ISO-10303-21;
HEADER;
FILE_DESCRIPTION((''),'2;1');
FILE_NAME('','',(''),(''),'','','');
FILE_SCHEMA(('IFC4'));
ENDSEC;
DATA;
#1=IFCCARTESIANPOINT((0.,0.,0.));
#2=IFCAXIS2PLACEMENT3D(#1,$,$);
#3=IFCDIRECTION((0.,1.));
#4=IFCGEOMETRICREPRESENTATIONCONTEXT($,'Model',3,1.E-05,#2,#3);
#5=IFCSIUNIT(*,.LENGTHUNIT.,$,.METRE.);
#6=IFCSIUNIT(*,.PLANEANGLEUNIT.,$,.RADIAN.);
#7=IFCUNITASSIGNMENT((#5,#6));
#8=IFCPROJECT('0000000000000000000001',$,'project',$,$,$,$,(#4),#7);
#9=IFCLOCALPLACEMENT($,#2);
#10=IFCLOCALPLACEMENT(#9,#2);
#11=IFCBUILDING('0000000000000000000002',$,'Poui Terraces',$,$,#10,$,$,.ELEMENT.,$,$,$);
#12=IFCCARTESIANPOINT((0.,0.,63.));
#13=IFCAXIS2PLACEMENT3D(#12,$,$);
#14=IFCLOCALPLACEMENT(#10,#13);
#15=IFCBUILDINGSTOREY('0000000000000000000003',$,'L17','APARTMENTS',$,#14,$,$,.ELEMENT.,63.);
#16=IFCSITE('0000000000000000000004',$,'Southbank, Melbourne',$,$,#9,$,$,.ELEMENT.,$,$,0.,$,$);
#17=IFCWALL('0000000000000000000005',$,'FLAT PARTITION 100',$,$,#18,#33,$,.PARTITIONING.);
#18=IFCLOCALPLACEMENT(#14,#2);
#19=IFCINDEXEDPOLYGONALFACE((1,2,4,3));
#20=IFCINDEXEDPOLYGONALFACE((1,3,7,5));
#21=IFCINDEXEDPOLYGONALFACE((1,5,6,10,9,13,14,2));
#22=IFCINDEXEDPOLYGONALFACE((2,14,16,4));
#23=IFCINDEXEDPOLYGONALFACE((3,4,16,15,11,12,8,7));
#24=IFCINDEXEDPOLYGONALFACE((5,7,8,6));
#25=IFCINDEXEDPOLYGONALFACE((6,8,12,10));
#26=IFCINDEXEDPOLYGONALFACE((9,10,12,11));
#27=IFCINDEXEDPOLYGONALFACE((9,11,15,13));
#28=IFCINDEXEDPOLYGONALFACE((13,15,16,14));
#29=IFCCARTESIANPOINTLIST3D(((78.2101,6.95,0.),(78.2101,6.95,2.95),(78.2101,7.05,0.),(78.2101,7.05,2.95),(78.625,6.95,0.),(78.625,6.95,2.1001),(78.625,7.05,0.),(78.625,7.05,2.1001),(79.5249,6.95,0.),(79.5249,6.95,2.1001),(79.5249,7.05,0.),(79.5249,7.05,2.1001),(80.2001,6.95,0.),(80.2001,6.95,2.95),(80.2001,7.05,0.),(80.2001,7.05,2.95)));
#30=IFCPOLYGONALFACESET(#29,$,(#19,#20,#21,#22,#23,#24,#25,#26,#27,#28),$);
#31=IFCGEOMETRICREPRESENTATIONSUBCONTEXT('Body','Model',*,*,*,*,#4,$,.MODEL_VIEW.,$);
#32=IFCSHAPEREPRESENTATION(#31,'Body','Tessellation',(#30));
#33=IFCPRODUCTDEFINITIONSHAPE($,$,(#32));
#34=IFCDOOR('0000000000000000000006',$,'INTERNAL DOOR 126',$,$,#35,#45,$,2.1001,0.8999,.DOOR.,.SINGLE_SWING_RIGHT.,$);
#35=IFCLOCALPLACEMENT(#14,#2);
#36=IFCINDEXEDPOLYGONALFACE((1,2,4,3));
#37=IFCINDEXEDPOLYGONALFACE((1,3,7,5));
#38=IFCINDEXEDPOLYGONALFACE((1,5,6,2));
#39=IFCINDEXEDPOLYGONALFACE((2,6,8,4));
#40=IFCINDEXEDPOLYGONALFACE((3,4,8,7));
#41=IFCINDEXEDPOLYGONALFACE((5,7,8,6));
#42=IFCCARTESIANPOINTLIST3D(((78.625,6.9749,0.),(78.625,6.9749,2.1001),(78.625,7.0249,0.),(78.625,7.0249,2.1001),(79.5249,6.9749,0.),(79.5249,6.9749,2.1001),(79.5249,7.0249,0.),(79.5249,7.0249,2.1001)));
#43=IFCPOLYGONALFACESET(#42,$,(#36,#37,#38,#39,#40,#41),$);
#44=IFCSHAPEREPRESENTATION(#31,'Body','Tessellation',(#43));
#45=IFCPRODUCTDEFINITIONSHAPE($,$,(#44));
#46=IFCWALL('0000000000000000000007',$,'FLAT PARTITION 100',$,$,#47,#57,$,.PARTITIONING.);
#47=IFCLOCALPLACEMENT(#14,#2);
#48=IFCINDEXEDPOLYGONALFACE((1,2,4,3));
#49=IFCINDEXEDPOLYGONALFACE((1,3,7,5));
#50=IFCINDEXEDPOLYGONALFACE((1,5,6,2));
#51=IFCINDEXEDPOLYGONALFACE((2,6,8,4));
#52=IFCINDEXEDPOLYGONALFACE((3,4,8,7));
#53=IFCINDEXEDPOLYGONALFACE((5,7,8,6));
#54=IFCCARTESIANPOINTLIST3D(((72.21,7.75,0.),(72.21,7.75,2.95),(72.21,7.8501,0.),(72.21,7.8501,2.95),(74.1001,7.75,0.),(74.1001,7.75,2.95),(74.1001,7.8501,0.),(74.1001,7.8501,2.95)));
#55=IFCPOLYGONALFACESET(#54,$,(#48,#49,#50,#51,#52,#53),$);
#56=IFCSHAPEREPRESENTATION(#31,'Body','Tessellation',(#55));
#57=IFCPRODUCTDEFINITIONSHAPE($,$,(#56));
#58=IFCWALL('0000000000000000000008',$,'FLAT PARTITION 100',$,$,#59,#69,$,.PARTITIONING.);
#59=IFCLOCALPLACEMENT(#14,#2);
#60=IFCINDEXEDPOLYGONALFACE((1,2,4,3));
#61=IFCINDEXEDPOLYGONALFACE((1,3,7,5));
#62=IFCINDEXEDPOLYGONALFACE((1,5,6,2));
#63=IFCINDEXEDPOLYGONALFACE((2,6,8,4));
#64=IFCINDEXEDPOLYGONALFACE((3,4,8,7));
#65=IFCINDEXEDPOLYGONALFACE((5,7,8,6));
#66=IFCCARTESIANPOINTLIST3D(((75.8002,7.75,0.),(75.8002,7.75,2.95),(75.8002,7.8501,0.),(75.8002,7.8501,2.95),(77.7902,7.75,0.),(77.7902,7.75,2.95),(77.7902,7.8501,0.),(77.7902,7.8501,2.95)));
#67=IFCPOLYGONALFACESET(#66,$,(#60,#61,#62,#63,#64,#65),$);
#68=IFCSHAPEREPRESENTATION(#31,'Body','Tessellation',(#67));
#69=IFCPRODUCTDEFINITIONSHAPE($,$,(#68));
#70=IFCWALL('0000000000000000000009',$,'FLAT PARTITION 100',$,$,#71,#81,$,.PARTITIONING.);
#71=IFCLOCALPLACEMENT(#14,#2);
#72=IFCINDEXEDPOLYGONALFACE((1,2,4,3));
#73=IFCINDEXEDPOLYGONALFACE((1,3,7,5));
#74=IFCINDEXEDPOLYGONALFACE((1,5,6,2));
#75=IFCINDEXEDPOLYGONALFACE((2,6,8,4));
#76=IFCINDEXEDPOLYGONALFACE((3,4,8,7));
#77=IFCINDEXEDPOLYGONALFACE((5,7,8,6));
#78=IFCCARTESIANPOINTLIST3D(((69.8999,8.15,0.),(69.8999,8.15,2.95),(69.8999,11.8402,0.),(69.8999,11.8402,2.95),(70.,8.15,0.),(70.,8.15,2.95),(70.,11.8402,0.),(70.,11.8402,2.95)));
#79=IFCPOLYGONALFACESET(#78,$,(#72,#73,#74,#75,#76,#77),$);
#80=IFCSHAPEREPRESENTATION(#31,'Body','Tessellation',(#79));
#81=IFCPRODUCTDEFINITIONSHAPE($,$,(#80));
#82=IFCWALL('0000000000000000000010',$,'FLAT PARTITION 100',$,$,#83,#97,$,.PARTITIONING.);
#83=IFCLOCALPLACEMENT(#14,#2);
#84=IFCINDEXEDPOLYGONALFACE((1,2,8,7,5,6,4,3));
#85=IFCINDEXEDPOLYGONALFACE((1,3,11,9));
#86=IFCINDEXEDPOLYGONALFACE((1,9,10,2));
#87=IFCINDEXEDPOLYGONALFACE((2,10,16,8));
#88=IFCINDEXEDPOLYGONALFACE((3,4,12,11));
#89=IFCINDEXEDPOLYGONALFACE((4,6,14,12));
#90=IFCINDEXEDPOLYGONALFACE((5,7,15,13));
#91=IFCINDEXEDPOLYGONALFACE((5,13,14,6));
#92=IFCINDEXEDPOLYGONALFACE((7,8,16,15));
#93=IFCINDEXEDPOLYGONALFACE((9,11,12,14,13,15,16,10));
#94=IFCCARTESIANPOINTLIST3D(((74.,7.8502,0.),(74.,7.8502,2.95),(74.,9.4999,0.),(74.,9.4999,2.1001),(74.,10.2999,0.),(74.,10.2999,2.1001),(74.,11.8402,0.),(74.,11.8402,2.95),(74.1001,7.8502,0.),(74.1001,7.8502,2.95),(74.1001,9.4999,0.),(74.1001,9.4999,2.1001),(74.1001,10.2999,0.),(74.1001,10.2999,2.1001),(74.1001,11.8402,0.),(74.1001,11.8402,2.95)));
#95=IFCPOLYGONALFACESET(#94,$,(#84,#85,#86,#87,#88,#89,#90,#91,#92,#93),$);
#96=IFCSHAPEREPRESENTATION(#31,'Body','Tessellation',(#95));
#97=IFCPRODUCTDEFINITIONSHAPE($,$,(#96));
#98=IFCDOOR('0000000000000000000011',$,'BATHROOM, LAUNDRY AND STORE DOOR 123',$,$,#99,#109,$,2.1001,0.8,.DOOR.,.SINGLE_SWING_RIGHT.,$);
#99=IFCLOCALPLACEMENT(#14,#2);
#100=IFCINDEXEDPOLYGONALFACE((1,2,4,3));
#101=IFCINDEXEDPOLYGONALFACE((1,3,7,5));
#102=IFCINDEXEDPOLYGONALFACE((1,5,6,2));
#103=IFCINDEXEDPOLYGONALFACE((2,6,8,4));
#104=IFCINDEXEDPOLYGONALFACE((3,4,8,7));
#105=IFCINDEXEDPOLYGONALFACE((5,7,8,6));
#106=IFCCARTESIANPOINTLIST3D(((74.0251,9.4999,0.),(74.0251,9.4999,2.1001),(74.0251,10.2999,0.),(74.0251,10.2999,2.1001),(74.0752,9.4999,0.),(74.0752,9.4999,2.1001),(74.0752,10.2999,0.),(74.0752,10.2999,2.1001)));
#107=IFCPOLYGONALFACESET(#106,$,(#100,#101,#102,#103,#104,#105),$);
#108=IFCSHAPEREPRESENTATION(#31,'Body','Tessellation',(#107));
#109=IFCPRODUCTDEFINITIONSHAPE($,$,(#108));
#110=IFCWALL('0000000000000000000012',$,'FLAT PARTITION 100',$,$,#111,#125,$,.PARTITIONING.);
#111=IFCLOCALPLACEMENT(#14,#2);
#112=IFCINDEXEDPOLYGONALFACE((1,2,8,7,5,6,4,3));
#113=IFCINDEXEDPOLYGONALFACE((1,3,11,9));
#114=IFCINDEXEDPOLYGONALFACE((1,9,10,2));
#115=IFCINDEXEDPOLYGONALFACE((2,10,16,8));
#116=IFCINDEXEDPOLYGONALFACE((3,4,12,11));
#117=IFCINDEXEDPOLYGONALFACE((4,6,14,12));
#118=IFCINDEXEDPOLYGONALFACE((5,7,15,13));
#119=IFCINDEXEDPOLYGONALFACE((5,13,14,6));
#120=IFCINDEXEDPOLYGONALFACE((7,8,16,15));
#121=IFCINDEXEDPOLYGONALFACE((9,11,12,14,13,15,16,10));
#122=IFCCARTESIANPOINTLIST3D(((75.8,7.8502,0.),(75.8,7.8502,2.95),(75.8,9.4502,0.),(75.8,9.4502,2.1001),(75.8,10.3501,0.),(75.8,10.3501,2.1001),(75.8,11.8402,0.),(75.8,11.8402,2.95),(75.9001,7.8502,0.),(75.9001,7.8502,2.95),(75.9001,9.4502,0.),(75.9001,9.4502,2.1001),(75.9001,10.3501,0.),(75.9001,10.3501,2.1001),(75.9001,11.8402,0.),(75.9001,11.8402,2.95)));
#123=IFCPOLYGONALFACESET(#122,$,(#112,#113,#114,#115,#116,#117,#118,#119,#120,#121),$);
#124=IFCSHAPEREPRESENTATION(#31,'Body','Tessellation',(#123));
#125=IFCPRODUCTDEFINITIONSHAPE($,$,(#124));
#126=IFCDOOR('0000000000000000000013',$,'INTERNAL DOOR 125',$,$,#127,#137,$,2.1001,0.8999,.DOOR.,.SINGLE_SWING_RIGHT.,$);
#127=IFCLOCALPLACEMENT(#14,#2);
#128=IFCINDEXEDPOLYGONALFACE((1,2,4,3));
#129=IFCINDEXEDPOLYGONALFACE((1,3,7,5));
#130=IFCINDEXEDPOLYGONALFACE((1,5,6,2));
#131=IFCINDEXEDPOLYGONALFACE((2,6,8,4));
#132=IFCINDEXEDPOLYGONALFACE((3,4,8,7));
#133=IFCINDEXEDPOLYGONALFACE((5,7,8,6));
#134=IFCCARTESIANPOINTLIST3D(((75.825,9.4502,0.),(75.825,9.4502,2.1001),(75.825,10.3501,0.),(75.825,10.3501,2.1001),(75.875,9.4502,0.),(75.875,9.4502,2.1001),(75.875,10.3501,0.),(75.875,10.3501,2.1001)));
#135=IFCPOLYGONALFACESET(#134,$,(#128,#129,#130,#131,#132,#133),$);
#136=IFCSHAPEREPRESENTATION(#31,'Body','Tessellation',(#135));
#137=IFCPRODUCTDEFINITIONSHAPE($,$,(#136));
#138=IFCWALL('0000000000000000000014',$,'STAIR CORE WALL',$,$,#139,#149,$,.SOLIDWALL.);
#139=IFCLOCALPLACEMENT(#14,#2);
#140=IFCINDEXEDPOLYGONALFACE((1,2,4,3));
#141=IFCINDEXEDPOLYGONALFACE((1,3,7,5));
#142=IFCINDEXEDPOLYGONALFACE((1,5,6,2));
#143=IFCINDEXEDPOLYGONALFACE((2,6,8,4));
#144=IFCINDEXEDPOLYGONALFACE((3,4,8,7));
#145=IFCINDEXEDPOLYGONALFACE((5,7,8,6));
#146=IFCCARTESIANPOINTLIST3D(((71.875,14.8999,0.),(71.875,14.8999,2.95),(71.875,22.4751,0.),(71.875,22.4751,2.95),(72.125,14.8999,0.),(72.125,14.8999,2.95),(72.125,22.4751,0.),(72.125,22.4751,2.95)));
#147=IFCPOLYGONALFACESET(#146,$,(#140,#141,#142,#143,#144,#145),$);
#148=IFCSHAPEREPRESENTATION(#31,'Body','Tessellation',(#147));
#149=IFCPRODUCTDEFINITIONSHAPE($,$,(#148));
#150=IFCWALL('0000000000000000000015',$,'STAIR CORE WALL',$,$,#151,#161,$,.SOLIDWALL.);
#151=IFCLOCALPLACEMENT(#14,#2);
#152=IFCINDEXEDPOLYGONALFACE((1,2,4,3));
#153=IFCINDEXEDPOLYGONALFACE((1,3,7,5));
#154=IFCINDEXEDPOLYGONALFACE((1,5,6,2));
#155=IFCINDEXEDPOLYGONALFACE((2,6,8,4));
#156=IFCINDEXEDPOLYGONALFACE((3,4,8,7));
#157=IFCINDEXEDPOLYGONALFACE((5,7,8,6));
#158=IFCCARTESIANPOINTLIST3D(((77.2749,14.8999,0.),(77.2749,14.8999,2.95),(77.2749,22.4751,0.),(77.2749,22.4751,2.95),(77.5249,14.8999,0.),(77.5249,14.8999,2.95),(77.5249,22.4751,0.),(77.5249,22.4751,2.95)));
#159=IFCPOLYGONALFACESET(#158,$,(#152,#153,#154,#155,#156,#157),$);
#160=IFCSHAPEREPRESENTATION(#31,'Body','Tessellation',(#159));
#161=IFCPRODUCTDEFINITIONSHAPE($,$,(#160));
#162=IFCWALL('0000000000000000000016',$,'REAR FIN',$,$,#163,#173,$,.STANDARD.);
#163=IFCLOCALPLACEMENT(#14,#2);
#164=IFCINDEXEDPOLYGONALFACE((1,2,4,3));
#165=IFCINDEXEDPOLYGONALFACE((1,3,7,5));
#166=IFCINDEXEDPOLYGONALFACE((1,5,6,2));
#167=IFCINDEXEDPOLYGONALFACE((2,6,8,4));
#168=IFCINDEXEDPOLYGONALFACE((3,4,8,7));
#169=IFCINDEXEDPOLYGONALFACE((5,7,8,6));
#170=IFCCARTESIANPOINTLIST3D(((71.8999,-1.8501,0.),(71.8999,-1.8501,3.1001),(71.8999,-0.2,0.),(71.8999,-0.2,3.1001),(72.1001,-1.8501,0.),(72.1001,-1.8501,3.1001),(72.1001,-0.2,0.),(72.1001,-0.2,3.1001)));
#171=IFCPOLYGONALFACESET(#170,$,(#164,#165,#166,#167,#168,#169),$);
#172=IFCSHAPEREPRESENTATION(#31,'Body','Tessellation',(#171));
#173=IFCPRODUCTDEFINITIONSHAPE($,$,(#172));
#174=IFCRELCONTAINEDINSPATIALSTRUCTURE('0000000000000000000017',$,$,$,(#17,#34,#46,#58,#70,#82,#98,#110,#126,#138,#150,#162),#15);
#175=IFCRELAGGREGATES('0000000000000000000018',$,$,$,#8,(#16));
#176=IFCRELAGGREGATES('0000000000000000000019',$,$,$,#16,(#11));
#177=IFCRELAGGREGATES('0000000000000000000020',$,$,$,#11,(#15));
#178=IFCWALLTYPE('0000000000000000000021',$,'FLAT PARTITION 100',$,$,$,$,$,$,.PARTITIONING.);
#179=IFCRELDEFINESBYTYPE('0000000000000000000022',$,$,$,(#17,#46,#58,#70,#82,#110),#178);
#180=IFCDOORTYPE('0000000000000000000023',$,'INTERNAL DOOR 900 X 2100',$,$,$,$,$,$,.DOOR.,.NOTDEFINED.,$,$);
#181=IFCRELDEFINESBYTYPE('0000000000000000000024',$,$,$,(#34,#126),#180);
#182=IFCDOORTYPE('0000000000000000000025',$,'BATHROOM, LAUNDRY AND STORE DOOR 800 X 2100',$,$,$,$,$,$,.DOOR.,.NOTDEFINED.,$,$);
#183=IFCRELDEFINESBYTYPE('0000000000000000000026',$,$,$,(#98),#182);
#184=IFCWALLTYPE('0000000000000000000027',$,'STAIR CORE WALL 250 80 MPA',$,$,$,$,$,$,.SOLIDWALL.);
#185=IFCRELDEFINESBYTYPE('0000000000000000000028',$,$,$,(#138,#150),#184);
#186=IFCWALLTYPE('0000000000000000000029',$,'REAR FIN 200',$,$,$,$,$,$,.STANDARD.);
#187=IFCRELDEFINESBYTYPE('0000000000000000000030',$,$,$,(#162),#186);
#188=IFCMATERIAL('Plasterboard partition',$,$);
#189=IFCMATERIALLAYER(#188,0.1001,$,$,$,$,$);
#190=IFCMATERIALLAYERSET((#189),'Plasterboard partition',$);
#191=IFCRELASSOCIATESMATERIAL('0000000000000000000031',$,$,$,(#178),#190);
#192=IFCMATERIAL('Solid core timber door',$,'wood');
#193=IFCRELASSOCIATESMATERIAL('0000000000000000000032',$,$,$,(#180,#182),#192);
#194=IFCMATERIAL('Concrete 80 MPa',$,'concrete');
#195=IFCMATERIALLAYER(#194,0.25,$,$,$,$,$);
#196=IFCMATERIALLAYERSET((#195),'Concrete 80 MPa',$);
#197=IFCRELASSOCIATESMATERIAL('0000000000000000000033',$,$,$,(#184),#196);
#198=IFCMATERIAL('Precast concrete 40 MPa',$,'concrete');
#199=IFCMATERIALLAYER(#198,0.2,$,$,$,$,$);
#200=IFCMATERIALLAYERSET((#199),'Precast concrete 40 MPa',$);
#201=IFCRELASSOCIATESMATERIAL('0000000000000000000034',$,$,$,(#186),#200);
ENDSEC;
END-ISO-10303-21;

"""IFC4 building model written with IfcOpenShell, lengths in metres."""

from ifc_helpers import new_model, si_unit, direction, frame, frame_2d, origin, place, context, subcontext, project, spatial, polyline, rectangle, outline, extrude, source, transform, mapped, material, layer, layer_set, type_object, element, fill, save


model = new_model("IFC4")

# Units and contexts
model_context = context("Model", 3, precision=1e-05, world=origin(), true_north=direction((0.0, 1.0)))
body_context = subcontext(model_context, "Body", "Model", "MODEL_VIEW")
ifc_project = project(units=[si_unit("LENGTHUNIT", "METRE"), si_unit("PLANEANGLEUNIT", "RADIAN")], contexts=[model_context])

# Site, building, storey
site_placement = place(None, origin())
site = spatial("IfcSite", under=ifc_project, at=site_placement, Name="Southbank, Melbourne", CompositionType="ELEMENT", RefElevation=0.0)
building_placement = place(site_placement, origin())
building = spatial("IfcBuilding", under=site, at=building_placement, Name="Poui Terraces", CompositionType="ELEMENT")
storey_placement = place(building_placement, frame((0.0, 0.0, 63.0)))
storey = spatial("IfcBuildingStorey", under=building, at=storey_placement, Name="L17", Description="APARTMENTS", CompositionType="ELEMENT", Elevation=63.0)

# Shared definitions
ifc_material_1 = material(Name="Concrete 80 MPa", Category="concrete")

# Shared definitions
ifc_material_2 = material(Name="Precast concrete 40 MPa", Category="concrete")

# Wall, opening, door
ifc_material_3 = material(Name="Plasterboard partition")
ifc_layer_1 = layer(ifc_material_3, 0.1001)
ifc_layer_set_1 = layer_set([ifc_layer_1], Name="Plasterboard partition")
wall_type_1 = type_object("IfcWallType", Name="FLAT PARTITION 100", PredefinedType="PARTITIONING", material=ifc_layer_set_1)
ifc_material_4 = material(Name="Solid core timber door", Category="wood")
door_type_1 = type_object("IfcDoorType", Name="INTERNAL DOOR 900 X 2100", OperationType="NOTDEFINED", PredefinedType="DOOR", material=ifc_material_4)
wall_1_placement = place(storey_placement, frame((78.21, 7.0, 0.0), z_axis=(0.0, 0.0, 1.0), x_axis=(1.0, 0.0, 0.0)))
wall_1 = element("IfcWall", 1, at=wall_1_placement, inside=storey, type_object=wall_type_1, Name="FLAT PARTITION 100", PredefinedType="PARTITIONING", context=body_context, shape_type="SweptSolid", body=[
    extrude(rectangle(XDim=1.99, YDim=0.1001, at=frame_2d((0.9951, 0.0))), origin(), (0.0, 0.0, 1.0), 2.95),
])
opening_1_placement = place(wall_1_placement, frame((0.415, 0.0, 0.0)))
opening_1 = element("IfcOpeningElement", 2, at=opening_1_placement, cuts=wall_1, PredefinedType="OPENING", context=body_context, shape_type="SweptSolid", body=[
    extrude(rectangle(XDim=0.8999, YDim=2.1001, at=frame_2d((0.45, 1.05))), frame((0.0, 0.0601, 0.0), z_axis=(0.0, -1.0, 0.0), x_axis=(1.0, 0.0, 0.0)), (0.0, 0.0, 1.0), 0.1201),
])
door_1_placement = place(opening_1_placement, origin())
door_1 = element("IfcDoor", 3, at=door_1_placement, inside=storey, type_object=door_type_1, Name="INTERNAL DOOR 126", OperationType="SINGLE_SWING_RIGHT", OverallHeight=2.1001, OverallWidth=0.8999, PredefinedType="DOOR", context=body_context, shape_type="SweptSolid", body=[
    extrude(rectangle(XDim=0.8999, YDim=2.1001, at=frame_2d((0.45, 1.05))), frame((0.0, 0.0249, 0.0), z_axis=(0.0, -1.0, 0.0), x_axis=(1.0, 0.0, 0.0)), (0.0, 0.0, 1.0), 0.05),
])
fill(opening_1, door_1)

# Walls
wall_2_placement = place(storey_placement, frame((72.21, 7.8, 0.0), z_axis=(0.0, 0.0, 1.0), x_axis=(1.0, 0.0, 0.0)))
element("IfcWall", 4, at=wall_2_placement, inside=storey, type_object=wall_type_1, Name="FLAT PARTITION 100", PredefinedType="PARTITIONING", context=body_context, shape_type="SweptSolid", body=[
    extrude(rectangle(XDim=1.8901, YDim=0.1001, at=frame_2d((0.9451, 0.0))), origin(), (0.0, 0.0, 1.0), 2.95),
])
wall_3_placement = place(storey_placement, frame((75.8, 7.8, 0.0), z_axis=(0.0, 0.0, 1.0), x_axis=(1.0, 0.0, 0.0)))
element("IfcWall", 5, at=wall_3_placement, inside=storey, type_object=wall_type_1, Name="FLAT PARTITION 100", PredefinedType="PARTITIONING", context=body_context, shape_type="SweptSolid", body=[
    extrude(rectangle(XDim=1.99, YDim=0.1001, at=frame_2d((0.9951, 0.0))), origin(), (0.0, 0.0, 1.0), 2.95),
])
wall_4_placement = place(storey_placement, frame((69.95, 8.1499, 0.0), z_axis=(0.0, 0.0, 1.0), x_axis=(0.0, 1.0, 0.0)))
element("IfcWall", 6, at=wall_4_placement, inside=storey, type_object=wall_type_1, Name="FLAT PARTITION 100", PredefinedType="PARTITIONING", context=body_context, shape_type="SweptSolid", body=[
    extrude(rectangle(XDim=3.6902, YDim=0.1001, at=frame_2d((1.8452, 0.0))), origin(), (0.0, 0.0, 1.0), 2.95),
])

# Walls, openings, doors
wall_5_placement = place(storey_placement, frame((74.05, 7.8501, 0.0), z_axis=(0.0, 0.0, 1.0), x_axis=(0.0, 1.0, 0.0)))
wall_5 = element("IfcWall", 7, at=wall_5_placement, inside=storey, type_object=wall_type_1, Name="FLAT PARTITION 100", PredefinedType="PARTITIONING", context=body_context, shape_type="SweptSolid", body=[
    extrude(rectangle(XDim=3.99, YDim=0.1001, at=frame_2d((1.9951, 0.0))), origin(), (0.0, 0.0, 1.0), 2.95),
])
opening_2_placement = place(wall_5_placement, frame((1.6499, 0.0, 0.0)))
opening_2 = element("IfcOpeningElement", 8, at=opening_2_placement, cuts=wall_5, PredefinedType="OPENING", context=body_context, shape_type="SweptSolid", body=[
    extrude(rectangle(XDim=0.8, YDim=2.1001, at=frame_2d((0.3999, 1.05))), frame((0.0, 0.0601, 0.0), z_axis=(0.0, -1.0, 0.0), x_axis=(1.0, 0.0, 0.0)), (0.0, 0.0, 1.0), 0.1201),
])
door_type_2 = type_object("IfcDoorType", Name="BATHROOM, LAUNDRY AND STORE DOOR 800 X 2100", OperationType="NOTDEFINED", PredefinedType="DOOR", material=ifc_material_4)
door_2_placement = place(opening_2_placement, origin())
door_2 = element("IfcDoor", 9, at=door_2_placement, inside=storey, type_object=door_type_2, Name="BATHROOM, LAUNDRY AND STORE DOOR 123", OperationType="SINGLE_SWING_RIGHT", OverallHeight=2.1001, OverallWidth=0.8, PredefinedType="DOOR", context=body_context, shape_type="SweptSolid", body=[
    extrude(rectangle(XDim=0.8, YDim=2.1001, at=frame_2d((0.3999, 1.05))), frame((0.0, 0.0249, 0.0), z_axis=(0.0, -1.0, 0.0), x_axis=(1.0, 0.0, 0.0)), (0.0, 0.0, 1.0), 0.05),
])
fill(opening_2, door_2)
wall_6_placement = place(storey_placement, frame((75.8501, 7.8501, 0.0), z_axis=(0.0, 0.0, 1.0), x_axis=(0.0, 1.0, 0.0)))
wall_6 = element("IfcWall", 10, at=wall_6_placement, inside=storey, type_object=wall_type_1, Name="FLAT PARTITION 100", PredefinedType="PARTITIONING", context=body_context, shape_type="SweptSolid", body=[
    extrude(rectangle(XDim=3.99, YDim=0.1001, at=frame_2d((1.9951, 0.0))), origin(), (0.0, 0.0, 1.0), 2.95),
])
opening_3_placement = place(wall_6_placement, frame((1.6001, 0.0, 0.0)))
opening_3 = element("IfcOpeningElement", 11, at=opening_3_placement, cuts=wall_6, PredefinedType="OPENING", context=body_context, shape_type="SweptSolid", body=[
    extrude(rectangle(XDim=0.8999, YDim=2.1001, at=frame_2d((0.45, 1.05))), frame((0.0, 0.0601, 0.0), z_axis=(0.0, -1.0, 0.0), x_axis=(1.0, 0.0, 0.0)), (0.0, 0.0, 1.0), 0.1201),
])
door_3_placement = place(opening_3_placement, frame((0.8999, 0.0, 0.0), z_axis=(0.0, 0.0, 1.0), x_axis=(-1.0, 0.0, 0.0)))
door_3 = element("IfcDoor", 12, at=door_3_placement, inside=storey, type_object=door_type_1, Name="INTERNAL DOOR 125", OperationType="SINGLE_SWING_RIGHT", OverallHeight=2.1001, OverallWidth=0.8999, PredefinedType="DOOR", context=body_context, shape_type="SweptSolid", body=[
    extrude(rectangle(XDim=0.8999, YDim=2.1001, at=frame_2d((0.45, 1.05))), frame((0.0, 0.0249, 0.0), z_axis=(0.0, -1.0, 0.0), x_axis=(1.0, 0.0, 0.0)), (0.0, 0.0, 1.0), 0.05),
])
fill(opening_3, door_3)

# Walls
ifc_layer_2 = layer(ifc_material_1, 0.25)
ifc_layer_set_2 = layer_set([ifc_layer_2], Name="Concrete 80 MPa")
wall_type_2 = type_object("IfcWallType", Name="STAIR CORE WALL 250 80 MPA", PredefinedType="SOLIDWALL", material=ifc_layer_set_2)
for number, where, z_axis, x_axis, name in (
    (13, (72.0, 14.8999, 0.0), (0.0, 0.0, 1.0), (0.0, 1.0, 0.0), "STAIR CORE WALL"),
    (14, (77.3999, 14.8999, 0.0), (0.0, 0.0, 1.0), (0.0, 1.0, 0.0), "STAIR CORE WALL"),
):
    element("IfcWall", number, at=place(storey_placement, frame(where, z_axis=z_axis, x_axis=x_axis)), inside=storey, type_object=wall_type_2, Name=name, PredefinedType="SOLIDWALL", context=body_context, shape_type="SweptSolid", body=[
        extrude(rectangle(XDim=7.5752, YDim=0.25, at=frame_2d((3.7876, 0.0))), origin(), (0.0, 0.0, 1.0), 2.95),
    ])
ifc_layer_3 = layer(ifc_material_2, 0.2)
ifc_layer_set_3 = layer_set([ifc_layer_3], Name="Precast concrete 40 MPa")
wall_type_3 = type_object("IfcWallType", Name="REAR FIN 200", PredefinedType="STANDARD", material=ifc_layer_set_3)
shared_shape_1 = source(origin(), body_context, "Body", "SweptSolid", [
    extrude(outline(polyline([(0.0, 0.0), (0.2002, 0.0), (0.2002, 1.6501), (0.0, 1.6501), (0.0, 0.0)])), origin(), (0.0, 0.0, 1.0), 3.1001),
])
for number, where, name in (
    (15, (71.8999, -1.8501, 0.0), "REAR FIN"),
):
    element("IfcWall", number, at=place(storey_placement, frame(where)), inside=storey, type_object=wall_type_3, Name=name, PredefinedType="STANDARD", context=body_context, shape_type="MappedRepresentation", body=[
        mapped(shared_shape_1, transform((0.0, 0.0, 0.0))),
    ])

save(model, "model.ifc")
